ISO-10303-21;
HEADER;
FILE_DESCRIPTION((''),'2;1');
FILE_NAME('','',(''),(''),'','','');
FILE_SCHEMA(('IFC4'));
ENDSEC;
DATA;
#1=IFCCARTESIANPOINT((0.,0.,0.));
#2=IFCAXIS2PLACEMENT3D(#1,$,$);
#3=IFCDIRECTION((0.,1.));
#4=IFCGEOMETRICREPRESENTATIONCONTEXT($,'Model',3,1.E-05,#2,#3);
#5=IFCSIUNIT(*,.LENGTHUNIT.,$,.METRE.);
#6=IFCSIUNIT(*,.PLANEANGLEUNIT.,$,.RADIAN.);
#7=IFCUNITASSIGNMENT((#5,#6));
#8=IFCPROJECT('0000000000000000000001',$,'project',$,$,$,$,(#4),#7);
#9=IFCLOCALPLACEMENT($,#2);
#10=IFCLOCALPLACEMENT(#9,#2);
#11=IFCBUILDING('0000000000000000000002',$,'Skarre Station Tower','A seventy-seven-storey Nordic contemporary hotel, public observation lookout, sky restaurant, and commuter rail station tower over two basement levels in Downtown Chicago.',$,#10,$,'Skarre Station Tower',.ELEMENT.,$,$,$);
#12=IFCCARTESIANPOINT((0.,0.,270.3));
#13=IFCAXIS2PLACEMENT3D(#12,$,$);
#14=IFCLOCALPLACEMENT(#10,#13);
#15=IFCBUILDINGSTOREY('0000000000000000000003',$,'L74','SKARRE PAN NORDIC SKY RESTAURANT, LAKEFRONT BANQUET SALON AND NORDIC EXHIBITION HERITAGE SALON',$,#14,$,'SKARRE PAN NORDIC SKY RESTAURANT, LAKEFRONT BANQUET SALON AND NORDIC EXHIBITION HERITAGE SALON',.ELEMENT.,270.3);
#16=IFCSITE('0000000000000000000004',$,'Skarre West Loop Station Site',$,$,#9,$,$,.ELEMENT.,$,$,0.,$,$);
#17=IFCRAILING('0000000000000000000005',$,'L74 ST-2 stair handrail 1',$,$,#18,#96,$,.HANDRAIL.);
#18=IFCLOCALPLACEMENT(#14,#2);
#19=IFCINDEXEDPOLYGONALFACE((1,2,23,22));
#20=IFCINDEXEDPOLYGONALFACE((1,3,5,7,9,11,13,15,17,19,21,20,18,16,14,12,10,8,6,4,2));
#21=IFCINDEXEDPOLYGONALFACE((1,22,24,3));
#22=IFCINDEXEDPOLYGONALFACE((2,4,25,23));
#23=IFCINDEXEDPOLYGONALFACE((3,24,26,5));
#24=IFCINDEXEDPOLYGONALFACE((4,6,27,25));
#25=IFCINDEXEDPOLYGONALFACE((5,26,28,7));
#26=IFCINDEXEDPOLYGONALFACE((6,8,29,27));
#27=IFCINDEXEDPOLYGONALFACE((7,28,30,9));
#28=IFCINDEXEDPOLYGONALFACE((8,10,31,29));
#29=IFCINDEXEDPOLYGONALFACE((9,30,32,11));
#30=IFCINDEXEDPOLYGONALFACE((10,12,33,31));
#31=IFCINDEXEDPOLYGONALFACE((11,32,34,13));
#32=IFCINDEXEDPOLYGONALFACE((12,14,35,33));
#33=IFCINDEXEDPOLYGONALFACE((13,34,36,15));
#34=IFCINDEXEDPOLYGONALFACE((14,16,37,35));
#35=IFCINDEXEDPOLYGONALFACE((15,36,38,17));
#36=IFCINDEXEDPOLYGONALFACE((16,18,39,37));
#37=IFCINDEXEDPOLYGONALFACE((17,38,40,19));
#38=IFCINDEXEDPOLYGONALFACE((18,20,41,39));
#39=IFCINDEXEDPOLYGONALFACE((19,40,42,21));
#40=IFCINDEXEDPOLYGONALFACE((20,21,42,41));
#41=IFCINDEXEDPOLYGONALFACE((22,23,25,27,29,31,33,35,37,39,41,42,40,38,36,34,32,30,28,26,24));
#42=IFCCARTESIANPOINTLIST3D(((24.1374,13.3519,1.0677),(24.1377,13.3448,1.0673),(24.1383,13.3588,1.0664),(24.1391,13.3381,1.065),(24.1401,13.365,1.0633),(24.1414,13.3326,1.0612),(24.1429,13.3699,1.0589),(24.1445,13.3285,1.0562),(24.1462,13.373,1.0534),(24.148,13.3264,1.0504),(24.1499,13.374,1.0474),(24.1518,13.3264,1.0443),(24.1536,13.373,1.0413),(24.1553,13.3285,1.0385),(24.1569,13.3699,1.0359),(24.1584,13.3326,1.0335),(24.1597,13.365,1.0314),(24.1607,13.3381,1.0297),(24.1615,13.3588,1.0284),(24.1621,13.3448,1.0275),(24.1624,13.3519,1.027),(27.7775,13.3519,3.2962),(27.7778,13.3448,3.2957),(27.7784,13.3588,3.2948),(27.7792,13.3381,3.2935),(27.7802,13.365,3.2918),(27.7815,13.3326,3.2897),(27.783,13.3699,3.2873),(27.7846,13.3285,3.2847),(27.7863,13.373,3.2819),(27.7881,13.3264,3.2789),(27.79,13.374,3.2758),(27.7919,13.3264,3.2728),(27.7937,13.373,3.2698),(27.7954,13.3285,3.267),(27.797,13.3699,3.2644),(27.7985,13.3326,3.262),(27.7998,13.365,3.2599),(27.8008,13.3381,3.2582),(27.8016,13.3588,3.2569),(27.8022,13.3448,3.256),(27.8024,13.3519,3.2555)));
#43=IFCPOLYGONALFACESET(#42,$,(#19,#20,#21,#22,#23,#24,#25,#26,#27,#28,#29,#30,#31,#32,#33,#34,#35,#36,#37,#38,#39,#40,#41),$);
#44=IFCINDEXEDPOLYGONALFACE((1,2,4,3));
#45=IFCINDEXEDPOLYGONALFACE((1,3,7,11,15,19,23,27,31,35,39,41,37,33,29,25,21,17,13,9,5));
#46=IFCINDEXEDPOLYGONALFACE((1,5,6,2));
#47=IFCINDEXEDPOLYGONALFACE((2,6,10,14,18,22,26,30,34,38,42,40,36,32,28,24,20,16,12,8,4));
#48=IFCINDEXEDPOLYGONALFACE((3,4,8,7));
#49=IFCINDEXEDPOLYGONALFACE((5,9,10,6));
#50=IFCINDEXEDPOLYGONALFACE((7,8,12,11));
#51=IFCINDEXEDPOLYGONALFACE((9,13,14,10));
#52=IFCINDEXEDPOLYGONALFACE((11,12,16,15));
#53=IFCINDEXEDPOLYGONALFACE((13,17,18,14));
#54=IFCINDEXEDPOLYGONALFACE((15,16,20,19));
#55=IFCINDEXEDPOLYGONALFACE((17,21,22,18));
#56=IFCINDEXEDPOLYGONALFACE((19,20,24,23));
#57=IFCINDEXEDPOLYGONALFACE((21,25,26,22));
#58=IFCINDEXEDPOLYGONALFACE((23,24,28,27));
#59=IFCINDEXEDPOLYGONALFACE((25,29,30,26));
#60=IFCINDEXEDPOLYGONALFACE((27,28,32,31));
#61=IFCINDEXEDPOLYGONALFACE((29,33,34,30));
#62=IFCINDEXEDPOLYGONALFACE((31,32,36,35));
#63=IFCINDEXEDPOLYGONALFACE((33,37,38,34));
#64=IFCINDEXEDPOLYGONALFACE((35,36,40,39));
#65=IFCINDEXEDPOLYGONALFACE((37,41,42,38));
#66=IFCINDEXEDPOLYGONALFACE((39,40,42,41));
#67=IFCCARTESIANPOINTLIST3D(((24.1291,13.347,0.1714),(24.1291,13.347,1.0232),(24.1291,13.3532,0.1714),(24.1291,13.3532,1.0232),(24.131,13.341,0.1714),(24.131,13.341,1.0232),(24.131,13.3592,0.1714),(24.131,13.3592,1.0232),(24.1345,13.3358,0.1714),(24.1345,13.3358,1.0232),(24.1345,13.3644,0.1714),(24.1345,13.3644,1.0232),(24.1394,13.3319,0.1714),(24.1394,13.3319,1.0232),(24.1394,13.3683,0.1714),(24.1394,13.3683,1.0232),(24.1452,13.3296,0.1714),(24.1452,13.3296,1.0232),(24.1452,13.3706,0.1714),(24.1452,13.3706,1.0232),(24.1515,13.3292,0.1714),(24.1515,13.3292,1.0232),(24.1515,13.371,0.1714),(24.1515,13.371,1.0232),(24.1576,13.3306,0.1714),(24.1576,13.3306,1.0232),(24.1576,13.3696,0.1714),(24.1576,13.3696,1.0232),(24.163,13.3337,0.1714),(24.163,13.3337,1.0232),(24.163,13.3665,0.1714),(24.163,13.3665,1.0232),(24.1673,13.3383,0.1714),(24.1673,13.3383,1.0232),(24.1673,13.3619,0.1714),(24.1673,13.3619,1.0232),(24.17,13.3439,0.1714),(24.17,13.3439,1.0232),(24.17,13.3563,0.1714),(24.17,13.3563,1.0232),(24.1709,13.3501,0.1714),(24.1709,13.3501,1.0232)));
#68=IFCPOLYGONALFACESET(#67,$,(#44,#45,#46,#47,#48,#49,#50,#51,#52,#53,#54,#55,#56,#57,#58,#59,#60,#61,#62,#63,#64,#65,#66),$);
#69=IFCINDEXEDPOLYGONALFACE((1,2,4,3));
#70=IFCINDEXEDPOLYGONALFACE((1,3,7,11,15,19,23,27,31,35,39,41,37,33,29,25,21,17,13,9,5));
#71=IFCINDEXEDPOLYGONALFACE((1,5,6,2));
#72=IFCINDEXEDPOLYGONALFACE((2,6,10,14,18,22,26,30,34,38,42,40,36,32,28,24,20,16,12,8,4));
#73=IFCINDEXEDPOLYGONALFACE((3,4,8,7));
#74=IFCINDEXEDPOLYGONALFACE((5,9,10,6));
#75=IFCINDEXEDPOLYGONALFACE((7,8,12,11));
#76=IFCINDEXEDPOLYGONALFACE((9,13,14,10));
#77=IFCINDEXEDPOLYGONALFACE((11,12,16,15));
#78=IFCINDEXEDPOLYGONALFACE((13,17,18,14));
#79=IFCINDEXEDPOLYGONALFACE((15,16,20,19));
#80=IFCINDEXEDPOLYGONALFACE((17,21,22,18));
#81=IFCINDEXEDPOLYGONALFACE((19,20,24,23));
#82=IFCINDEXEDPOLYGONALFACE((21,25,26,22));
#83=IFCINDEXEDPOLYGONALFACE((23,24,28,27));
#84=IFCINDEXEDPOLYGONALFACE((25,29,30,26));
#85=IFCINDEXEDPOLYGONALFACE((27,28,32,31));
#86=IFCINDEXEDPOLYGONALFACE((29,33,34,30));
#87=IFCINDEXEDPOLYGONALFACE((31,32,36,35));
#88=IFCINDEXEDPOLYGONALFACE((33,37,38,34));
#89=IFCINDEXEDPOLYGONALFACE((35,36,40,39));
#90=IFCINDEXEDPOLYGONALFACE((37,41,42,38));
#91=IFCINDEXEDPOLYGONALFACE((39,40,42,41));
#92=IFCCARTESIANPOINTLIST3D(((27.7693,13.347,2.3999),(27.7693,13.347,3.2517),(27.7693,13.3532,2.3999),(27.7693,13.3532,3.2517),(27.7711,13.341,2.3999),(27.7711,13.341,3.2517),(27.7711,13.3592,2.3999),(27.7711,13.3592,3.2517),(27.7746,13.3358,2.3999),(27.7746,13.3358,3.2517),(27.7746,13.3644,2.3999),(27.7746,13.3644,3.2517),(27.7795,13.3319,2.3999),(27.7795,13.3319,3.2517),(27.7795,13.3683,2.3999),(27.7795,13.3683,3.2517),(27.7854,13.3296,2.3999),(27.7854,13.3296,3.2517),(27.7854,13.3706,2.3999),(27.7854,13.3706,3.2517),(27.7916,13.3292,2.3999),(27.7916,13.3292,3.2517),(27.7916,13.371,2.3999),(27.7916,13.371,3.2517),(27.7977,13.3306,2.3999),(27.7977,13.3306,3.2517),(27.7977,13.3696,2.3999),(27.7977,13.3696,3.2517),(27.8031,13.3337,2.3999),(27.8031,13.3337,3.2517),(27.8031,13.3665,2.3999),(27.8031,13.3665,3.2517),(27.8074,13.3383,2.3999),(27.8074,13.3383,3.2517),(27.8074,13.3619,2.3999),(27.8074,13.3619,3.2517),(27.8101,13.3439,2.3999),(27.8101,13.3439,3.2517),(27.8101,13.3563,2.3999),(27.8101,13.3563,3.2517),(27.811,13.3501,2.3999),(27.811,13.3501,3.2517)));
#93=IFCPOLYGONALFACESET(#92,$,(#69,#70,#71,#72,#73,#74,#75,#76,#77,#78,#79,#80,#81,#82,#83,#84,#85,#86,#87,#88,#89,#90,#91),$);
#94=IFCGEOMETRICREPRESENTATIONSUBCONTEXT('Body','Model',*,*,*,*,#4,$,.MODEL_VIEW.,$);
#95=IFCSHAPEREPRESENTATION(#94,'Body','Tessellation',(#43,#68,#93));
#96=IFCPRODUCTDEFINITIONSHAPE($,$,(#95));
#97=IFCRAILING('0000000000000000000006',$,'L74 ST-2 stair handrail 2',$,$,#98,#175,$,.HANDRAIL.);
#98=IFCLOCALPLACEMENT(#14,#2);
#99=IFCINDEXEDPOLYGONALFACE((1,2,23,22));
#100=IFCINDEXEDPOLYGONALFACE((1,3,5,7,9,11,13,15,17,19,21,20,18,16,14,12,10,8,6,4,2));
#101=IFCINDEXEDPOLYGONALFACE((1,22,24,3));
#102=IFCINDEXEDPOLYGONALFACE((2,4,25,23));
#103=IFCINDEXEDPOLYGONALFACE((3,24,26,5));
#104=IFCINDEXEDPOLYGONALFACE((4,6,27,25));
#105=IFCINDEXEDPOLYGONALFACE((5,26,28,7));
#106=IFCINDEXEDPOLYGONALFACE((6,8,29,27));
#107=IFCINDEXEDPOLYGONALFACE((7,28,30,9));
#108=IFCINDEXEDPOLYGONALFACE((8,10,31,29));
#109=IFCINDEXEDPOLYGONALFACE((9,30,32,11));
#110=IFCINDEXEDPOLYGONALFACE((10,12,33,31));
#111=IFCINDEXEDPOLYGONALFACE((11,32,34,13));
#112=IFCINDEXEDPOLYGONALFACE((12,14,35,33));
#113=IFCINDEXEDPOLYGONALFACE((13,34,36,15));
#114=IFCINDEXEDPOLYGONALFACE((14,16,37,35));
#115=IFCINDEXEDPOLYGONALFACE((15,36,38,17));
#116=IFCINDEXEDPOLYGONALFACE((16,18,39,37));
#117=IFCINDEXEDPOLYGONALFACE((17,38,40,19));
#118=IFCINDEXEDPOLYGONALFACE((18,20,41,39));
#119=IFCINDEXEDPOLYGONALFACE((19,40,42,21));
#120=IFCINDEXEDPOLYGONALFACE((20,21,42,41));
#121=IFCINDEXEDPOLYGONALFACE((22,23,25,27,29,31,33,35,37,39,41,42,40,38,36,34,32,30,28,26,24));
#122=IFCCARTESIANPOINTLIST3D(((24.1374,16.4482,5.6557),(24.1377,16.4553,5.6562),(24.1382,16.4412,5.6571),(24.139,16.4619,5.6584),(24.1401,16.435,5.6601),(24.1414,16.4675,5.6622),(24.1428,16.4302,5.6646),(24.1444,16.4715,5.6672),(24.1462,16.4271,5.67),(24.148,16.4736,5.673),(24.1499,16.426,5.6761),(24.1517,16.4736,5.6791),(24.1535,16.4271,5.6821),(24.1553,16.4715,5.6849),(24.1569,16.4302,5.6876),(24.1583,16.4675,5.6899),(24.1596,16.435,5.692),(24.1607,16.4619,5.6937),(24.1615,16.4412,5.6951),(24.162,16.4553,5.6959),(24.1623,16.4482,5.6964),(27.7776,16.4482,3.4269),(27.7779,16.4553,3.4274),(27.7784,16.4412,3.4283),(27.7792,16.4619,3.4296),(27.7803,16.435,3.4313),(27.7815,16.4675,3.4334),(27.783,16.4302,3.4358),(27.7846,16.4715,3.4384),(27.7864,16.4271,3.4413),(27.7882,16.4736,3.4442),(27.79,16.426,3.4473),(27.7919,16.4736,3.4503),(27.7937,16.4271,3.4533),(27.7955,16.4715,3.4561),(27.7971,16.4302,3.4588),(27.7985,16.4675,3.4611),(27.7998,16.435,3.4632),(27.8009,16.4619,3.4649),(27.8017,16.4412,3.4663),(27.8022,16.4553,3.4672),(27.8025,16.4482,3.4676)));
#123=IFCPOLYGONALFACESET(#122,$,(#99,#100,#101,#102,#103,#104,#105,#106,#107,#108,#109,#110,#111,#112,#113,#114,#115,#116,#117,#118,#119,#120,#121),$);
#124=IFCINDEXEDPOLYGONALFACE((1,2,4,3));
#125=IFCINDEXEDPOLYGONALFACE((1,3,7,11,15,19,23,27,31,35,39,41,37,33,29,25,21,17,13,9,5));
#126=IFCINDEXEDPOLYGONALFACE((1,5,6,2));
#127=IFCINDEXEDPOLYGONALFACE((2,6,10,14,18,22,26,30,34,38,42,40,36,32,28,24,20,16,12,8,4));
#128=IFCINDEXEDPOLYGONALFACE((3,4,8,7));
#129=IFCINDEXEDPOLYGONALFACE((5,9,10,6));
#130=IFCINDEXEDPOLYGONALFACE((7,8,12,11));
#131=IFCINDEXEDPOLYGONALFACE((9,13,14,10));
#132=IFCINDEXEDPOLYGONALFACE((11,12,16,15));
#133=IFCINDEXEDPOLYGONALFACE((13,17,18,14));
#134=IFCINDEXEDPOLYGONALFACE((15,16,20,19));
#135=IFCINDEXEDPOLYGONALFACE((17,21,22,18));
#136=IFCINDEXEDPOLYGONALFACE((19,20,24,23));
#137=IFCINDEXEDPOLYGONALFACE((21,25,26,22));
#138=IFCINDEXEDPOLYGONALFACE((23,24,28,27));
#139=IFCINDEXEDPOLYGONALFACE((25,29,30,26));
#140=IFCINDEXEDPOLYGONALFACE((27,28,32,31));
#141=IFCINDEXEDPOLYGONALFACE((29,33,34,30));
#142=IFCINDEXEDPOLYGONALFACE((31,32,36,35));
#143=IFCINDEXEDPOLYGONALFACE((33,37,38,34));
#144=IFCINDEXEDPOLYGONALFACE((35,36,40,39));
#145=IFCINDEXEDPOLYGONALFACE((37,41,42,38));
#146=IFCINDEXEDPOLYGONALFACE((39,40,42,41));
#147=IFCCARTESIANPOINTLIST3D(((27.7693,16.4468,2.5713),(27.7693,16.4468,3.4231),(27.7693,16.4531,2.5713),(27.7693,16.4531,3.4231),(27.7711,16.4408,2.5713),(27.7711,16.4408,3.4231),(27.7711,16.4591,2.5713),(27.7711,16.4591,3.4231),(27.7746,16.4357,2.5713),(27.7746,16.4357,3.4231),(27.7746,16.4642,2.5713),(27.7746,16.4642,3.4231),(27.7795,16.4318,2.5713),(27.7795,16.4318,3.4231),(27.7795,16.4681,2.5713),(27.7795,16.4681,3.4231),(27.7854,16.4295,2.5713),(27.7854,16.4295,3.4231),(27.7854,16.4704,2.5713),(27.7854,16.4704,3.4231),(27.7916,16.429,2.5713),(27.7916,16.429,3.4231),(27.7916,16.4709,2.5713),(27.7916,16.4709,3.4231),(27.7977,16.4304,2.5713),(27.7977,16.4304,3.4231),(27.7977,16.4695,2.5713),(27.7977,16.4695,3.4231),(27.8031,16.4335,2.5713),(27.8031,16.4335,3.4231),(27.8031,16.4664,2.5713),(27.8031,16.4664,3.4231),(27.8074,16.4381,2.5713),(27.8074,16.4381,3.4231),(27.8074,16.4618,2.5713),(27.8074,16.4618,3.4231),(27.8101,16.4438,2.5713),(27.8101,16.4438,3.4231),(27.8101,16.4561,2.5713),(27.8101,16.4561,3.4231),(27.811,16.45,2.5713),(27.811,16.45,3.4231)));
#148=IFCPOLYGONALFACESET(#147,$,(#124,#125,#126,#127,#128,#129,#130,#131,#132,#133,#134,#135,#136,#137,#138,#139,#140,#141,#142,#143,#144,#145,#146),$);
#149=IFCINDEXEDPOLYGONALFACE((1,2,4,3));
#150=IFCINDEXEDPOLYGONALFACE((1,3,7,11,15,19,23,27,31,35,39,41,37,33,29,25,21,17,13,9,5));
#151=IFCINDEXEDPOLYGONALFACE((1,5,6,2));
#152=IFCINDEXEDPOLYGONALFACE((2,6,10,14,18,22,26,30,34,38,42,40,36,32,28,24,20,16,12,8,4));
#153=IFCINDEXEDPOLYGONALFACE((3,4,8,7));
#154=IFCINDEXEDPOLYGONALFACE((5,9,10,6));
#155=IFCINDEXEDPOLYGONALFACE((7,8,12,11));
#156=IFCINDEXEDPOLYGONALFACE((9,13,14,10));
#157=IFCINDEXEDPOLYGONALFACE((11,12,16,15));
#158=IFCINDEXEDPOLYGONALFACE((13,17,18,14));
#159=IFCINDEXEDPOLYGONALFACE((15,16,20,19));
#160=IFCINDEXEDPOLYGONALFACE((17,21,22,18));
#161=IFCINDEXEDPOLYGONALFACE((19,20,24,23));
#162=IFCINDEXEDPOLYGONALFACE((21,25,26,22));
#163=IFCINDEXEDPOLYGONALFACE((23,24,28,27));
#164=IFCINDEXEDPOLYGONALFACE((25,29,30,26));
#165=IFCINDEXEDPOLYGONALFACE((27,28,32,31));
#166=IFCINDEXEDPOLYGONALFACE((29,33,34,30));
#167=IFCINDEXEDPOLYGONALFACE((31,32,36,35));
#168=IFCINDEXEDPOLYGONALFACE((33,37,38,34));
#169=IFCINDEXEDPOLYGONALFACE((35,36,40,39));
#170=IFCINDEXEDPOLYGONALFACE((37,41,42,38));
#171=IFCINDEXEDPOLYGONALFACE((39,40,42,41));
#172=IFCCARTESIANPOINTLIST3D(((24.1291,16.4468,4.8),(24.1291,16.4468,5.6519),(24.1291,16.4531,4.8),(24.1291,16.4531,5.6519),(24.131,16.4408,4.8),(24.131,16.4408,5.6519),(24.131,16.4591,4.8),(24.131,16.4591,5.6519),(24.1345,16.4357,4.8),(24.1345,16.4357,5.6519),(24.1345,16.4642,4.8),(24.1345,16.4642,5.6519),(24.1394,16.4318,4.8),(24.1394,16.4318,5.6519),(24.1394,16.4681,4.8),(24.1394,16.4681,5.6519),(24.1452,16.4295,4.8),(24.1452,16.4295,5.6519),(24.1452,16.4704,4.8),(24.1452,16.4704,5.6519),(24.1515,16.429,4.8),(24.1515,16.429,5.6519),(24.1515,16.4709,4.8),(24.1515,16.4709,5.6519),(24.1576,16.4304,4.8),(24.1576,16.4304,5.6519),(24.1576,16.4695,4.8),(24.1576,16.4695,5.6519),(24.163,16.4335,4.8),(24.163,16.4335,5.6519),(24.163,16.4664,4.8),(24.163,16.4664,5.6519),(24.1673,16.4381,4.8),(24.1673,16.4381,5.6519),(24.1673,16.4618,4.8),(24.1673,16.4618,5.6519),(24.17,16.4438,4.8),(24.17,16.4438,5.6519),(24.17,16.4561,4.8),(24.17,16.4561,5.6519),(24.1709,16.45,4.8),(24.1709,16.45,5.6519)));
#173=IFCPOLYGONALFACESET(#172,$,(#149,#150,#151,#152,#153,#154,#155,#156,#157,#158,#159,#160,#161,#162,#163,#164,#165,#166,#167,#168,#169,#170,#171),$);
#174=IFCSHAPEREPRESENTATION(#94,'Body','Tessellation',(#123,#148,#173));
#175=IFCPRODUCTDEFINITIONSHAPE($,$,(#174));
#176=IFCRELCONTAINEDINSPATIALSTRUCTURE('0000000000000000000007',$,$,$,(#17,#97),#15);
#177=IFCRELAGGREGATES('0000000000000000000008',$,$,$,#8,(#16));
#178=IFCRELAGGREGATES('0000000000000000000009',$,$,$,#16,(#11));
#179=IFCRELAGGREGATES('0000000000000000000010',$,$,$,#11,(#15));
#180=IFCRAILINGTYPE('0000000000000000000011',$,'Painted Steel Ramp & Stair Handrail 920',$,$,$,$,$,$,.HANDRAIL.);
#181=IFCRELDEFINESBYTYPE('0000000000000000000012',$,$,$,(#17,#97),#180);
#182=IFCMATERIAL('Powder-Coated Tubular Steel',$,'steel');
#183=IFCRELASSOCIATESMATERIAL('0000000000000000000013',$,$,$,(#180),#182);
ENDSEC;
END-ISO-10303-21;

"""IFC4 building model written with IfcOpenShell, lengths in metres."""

from ifc_helpers import new_model, si_unit, direction, frame, origin, origin_2d, place, context, subcontext, project, spatial, circle, extrude, material, type_object, element, save


model = new_model("IFC4")

# Units and contexts
model_context = context("Model", 3, precision=1e-05, world=origin(), true_north=direction((0.0, 1.0)))
body_context = subcontext(model_context, "Body", "Model", "MODEL_VIEW")
ifc_project = project(units=[si_unit("LENGTHUNIT", "METRE"), si_unit("PLANEANGLEUNIT", "RADIAN")], contexts=[model_context])

# Site, building, storey
site_placement = place(None, origin())
site = spatial("IfcSite", under=ifc_project, at=site_placement, Name="Skarre West Loop Station Site", CompositionType="ELEMENT", RefElevation=0.0)
building_placement = place(site_placement, origin())
building = spatial("IfcBuilding", under=site, at=building_placement, Name="Skarre Station Tower", Description="A seventy-seven-storey Nordic contemporary hotel, public observation lookout, sky restaurant, and commuter rail station tower over two basement levels in Downtown Chicago.", LongName="Skarre Station Tower", CompositionType="ELEMENT")
storey_placement = place(building_placement, frame((0.0, 0.0, 270.3)))
storey = spatial("IfcBuildingStorey", under=building, at=storey_placement, Name="L74", Description="SKARRE PAN NORDIC SKY RESTAURANT, LAKEFRONT BANQUET SALON AND NORDIC EXHIBITION HERITAGE SALON", LongName="SKARRE PAN NORDIC SKY RESTAURANT, LAKEFRONT BANQUET SALON AND NORDIC EXHIBITION HERITAGE SALON", CompositionType="ELEMENT", Elevation=270.3)

# Railings
ifc_material_1 = material(Name="Powder-Coated Tubular Steel", Category="steel")
railing_type_1 = type_object("IfcRailingType", Name="Painted Steel Ramp & Stair Handrail 920", PredefinedType="HANDRAIL", material=ifc_material_1)
railing_1_placement = place(storey_placement, frame((24.1499, 13.3501, 0.1714)))
element("IfcRailing", 1, at=railing_1_placement, inside=storey, type_object=railing_type_1, Name="L74 ST-2 stair handrail 1", PredefinedType="HANDRAIL", context=body_context, shape_type="SweptSolid", body=[
    extrude(circle(Radius=0.0239, at=origin_2d()), frame((0.0, 0.0, 0.876), z_axis=(0.852866, 0.0, 0.52213), x_axis=(0.0, 1.0, 0.0)), (0.0, 0.0, 1.0), 4.2681),
    extrude(circle(Radius=0.021, at=origin_2d()), origin(), (0.0, 0.0, 1.0), 0.8518),
    extrude(circle(Radius=0.021, at=origin_2d()), frame((3.6401, 0.0, 2.2285)), (0.0, 0.0, 1.0), 0.8518),
])
railing_2_placement = place(storey_placement, frame((27.79, 16.45, 2.5713)))
element("IfcRailing", 2, at=railing_2_placement, inside=storey, type_object=railing_type_1, Name="L74 ST-2 stair handrail 2", PredefinedType="HANDRAIL", context=body_context, shape_type="SweptSolid", body=[
    extrude(circle(Radius=0.0239, at=origin_2d()), frame((0.0, 0.0, 0.876), z_axis=(-0.85284, 0.0, 0.522172), x_axis=(0.0, -1.0, 0.0)), (0.0, 0.0, 1.0), 4.2683),
    extrude(circle(Radius=0.021, at=origin_2d()), origin(), (0.0, 0.0, 1.0), 0.8518),
    extrude(circle(Radius=0.021, at=origin_2d()), frame((-3.6401, 0.0, 2.2288)), (0.0, 0.0, 1.0), 0.8518),
])

save(model, "model.ifc")
